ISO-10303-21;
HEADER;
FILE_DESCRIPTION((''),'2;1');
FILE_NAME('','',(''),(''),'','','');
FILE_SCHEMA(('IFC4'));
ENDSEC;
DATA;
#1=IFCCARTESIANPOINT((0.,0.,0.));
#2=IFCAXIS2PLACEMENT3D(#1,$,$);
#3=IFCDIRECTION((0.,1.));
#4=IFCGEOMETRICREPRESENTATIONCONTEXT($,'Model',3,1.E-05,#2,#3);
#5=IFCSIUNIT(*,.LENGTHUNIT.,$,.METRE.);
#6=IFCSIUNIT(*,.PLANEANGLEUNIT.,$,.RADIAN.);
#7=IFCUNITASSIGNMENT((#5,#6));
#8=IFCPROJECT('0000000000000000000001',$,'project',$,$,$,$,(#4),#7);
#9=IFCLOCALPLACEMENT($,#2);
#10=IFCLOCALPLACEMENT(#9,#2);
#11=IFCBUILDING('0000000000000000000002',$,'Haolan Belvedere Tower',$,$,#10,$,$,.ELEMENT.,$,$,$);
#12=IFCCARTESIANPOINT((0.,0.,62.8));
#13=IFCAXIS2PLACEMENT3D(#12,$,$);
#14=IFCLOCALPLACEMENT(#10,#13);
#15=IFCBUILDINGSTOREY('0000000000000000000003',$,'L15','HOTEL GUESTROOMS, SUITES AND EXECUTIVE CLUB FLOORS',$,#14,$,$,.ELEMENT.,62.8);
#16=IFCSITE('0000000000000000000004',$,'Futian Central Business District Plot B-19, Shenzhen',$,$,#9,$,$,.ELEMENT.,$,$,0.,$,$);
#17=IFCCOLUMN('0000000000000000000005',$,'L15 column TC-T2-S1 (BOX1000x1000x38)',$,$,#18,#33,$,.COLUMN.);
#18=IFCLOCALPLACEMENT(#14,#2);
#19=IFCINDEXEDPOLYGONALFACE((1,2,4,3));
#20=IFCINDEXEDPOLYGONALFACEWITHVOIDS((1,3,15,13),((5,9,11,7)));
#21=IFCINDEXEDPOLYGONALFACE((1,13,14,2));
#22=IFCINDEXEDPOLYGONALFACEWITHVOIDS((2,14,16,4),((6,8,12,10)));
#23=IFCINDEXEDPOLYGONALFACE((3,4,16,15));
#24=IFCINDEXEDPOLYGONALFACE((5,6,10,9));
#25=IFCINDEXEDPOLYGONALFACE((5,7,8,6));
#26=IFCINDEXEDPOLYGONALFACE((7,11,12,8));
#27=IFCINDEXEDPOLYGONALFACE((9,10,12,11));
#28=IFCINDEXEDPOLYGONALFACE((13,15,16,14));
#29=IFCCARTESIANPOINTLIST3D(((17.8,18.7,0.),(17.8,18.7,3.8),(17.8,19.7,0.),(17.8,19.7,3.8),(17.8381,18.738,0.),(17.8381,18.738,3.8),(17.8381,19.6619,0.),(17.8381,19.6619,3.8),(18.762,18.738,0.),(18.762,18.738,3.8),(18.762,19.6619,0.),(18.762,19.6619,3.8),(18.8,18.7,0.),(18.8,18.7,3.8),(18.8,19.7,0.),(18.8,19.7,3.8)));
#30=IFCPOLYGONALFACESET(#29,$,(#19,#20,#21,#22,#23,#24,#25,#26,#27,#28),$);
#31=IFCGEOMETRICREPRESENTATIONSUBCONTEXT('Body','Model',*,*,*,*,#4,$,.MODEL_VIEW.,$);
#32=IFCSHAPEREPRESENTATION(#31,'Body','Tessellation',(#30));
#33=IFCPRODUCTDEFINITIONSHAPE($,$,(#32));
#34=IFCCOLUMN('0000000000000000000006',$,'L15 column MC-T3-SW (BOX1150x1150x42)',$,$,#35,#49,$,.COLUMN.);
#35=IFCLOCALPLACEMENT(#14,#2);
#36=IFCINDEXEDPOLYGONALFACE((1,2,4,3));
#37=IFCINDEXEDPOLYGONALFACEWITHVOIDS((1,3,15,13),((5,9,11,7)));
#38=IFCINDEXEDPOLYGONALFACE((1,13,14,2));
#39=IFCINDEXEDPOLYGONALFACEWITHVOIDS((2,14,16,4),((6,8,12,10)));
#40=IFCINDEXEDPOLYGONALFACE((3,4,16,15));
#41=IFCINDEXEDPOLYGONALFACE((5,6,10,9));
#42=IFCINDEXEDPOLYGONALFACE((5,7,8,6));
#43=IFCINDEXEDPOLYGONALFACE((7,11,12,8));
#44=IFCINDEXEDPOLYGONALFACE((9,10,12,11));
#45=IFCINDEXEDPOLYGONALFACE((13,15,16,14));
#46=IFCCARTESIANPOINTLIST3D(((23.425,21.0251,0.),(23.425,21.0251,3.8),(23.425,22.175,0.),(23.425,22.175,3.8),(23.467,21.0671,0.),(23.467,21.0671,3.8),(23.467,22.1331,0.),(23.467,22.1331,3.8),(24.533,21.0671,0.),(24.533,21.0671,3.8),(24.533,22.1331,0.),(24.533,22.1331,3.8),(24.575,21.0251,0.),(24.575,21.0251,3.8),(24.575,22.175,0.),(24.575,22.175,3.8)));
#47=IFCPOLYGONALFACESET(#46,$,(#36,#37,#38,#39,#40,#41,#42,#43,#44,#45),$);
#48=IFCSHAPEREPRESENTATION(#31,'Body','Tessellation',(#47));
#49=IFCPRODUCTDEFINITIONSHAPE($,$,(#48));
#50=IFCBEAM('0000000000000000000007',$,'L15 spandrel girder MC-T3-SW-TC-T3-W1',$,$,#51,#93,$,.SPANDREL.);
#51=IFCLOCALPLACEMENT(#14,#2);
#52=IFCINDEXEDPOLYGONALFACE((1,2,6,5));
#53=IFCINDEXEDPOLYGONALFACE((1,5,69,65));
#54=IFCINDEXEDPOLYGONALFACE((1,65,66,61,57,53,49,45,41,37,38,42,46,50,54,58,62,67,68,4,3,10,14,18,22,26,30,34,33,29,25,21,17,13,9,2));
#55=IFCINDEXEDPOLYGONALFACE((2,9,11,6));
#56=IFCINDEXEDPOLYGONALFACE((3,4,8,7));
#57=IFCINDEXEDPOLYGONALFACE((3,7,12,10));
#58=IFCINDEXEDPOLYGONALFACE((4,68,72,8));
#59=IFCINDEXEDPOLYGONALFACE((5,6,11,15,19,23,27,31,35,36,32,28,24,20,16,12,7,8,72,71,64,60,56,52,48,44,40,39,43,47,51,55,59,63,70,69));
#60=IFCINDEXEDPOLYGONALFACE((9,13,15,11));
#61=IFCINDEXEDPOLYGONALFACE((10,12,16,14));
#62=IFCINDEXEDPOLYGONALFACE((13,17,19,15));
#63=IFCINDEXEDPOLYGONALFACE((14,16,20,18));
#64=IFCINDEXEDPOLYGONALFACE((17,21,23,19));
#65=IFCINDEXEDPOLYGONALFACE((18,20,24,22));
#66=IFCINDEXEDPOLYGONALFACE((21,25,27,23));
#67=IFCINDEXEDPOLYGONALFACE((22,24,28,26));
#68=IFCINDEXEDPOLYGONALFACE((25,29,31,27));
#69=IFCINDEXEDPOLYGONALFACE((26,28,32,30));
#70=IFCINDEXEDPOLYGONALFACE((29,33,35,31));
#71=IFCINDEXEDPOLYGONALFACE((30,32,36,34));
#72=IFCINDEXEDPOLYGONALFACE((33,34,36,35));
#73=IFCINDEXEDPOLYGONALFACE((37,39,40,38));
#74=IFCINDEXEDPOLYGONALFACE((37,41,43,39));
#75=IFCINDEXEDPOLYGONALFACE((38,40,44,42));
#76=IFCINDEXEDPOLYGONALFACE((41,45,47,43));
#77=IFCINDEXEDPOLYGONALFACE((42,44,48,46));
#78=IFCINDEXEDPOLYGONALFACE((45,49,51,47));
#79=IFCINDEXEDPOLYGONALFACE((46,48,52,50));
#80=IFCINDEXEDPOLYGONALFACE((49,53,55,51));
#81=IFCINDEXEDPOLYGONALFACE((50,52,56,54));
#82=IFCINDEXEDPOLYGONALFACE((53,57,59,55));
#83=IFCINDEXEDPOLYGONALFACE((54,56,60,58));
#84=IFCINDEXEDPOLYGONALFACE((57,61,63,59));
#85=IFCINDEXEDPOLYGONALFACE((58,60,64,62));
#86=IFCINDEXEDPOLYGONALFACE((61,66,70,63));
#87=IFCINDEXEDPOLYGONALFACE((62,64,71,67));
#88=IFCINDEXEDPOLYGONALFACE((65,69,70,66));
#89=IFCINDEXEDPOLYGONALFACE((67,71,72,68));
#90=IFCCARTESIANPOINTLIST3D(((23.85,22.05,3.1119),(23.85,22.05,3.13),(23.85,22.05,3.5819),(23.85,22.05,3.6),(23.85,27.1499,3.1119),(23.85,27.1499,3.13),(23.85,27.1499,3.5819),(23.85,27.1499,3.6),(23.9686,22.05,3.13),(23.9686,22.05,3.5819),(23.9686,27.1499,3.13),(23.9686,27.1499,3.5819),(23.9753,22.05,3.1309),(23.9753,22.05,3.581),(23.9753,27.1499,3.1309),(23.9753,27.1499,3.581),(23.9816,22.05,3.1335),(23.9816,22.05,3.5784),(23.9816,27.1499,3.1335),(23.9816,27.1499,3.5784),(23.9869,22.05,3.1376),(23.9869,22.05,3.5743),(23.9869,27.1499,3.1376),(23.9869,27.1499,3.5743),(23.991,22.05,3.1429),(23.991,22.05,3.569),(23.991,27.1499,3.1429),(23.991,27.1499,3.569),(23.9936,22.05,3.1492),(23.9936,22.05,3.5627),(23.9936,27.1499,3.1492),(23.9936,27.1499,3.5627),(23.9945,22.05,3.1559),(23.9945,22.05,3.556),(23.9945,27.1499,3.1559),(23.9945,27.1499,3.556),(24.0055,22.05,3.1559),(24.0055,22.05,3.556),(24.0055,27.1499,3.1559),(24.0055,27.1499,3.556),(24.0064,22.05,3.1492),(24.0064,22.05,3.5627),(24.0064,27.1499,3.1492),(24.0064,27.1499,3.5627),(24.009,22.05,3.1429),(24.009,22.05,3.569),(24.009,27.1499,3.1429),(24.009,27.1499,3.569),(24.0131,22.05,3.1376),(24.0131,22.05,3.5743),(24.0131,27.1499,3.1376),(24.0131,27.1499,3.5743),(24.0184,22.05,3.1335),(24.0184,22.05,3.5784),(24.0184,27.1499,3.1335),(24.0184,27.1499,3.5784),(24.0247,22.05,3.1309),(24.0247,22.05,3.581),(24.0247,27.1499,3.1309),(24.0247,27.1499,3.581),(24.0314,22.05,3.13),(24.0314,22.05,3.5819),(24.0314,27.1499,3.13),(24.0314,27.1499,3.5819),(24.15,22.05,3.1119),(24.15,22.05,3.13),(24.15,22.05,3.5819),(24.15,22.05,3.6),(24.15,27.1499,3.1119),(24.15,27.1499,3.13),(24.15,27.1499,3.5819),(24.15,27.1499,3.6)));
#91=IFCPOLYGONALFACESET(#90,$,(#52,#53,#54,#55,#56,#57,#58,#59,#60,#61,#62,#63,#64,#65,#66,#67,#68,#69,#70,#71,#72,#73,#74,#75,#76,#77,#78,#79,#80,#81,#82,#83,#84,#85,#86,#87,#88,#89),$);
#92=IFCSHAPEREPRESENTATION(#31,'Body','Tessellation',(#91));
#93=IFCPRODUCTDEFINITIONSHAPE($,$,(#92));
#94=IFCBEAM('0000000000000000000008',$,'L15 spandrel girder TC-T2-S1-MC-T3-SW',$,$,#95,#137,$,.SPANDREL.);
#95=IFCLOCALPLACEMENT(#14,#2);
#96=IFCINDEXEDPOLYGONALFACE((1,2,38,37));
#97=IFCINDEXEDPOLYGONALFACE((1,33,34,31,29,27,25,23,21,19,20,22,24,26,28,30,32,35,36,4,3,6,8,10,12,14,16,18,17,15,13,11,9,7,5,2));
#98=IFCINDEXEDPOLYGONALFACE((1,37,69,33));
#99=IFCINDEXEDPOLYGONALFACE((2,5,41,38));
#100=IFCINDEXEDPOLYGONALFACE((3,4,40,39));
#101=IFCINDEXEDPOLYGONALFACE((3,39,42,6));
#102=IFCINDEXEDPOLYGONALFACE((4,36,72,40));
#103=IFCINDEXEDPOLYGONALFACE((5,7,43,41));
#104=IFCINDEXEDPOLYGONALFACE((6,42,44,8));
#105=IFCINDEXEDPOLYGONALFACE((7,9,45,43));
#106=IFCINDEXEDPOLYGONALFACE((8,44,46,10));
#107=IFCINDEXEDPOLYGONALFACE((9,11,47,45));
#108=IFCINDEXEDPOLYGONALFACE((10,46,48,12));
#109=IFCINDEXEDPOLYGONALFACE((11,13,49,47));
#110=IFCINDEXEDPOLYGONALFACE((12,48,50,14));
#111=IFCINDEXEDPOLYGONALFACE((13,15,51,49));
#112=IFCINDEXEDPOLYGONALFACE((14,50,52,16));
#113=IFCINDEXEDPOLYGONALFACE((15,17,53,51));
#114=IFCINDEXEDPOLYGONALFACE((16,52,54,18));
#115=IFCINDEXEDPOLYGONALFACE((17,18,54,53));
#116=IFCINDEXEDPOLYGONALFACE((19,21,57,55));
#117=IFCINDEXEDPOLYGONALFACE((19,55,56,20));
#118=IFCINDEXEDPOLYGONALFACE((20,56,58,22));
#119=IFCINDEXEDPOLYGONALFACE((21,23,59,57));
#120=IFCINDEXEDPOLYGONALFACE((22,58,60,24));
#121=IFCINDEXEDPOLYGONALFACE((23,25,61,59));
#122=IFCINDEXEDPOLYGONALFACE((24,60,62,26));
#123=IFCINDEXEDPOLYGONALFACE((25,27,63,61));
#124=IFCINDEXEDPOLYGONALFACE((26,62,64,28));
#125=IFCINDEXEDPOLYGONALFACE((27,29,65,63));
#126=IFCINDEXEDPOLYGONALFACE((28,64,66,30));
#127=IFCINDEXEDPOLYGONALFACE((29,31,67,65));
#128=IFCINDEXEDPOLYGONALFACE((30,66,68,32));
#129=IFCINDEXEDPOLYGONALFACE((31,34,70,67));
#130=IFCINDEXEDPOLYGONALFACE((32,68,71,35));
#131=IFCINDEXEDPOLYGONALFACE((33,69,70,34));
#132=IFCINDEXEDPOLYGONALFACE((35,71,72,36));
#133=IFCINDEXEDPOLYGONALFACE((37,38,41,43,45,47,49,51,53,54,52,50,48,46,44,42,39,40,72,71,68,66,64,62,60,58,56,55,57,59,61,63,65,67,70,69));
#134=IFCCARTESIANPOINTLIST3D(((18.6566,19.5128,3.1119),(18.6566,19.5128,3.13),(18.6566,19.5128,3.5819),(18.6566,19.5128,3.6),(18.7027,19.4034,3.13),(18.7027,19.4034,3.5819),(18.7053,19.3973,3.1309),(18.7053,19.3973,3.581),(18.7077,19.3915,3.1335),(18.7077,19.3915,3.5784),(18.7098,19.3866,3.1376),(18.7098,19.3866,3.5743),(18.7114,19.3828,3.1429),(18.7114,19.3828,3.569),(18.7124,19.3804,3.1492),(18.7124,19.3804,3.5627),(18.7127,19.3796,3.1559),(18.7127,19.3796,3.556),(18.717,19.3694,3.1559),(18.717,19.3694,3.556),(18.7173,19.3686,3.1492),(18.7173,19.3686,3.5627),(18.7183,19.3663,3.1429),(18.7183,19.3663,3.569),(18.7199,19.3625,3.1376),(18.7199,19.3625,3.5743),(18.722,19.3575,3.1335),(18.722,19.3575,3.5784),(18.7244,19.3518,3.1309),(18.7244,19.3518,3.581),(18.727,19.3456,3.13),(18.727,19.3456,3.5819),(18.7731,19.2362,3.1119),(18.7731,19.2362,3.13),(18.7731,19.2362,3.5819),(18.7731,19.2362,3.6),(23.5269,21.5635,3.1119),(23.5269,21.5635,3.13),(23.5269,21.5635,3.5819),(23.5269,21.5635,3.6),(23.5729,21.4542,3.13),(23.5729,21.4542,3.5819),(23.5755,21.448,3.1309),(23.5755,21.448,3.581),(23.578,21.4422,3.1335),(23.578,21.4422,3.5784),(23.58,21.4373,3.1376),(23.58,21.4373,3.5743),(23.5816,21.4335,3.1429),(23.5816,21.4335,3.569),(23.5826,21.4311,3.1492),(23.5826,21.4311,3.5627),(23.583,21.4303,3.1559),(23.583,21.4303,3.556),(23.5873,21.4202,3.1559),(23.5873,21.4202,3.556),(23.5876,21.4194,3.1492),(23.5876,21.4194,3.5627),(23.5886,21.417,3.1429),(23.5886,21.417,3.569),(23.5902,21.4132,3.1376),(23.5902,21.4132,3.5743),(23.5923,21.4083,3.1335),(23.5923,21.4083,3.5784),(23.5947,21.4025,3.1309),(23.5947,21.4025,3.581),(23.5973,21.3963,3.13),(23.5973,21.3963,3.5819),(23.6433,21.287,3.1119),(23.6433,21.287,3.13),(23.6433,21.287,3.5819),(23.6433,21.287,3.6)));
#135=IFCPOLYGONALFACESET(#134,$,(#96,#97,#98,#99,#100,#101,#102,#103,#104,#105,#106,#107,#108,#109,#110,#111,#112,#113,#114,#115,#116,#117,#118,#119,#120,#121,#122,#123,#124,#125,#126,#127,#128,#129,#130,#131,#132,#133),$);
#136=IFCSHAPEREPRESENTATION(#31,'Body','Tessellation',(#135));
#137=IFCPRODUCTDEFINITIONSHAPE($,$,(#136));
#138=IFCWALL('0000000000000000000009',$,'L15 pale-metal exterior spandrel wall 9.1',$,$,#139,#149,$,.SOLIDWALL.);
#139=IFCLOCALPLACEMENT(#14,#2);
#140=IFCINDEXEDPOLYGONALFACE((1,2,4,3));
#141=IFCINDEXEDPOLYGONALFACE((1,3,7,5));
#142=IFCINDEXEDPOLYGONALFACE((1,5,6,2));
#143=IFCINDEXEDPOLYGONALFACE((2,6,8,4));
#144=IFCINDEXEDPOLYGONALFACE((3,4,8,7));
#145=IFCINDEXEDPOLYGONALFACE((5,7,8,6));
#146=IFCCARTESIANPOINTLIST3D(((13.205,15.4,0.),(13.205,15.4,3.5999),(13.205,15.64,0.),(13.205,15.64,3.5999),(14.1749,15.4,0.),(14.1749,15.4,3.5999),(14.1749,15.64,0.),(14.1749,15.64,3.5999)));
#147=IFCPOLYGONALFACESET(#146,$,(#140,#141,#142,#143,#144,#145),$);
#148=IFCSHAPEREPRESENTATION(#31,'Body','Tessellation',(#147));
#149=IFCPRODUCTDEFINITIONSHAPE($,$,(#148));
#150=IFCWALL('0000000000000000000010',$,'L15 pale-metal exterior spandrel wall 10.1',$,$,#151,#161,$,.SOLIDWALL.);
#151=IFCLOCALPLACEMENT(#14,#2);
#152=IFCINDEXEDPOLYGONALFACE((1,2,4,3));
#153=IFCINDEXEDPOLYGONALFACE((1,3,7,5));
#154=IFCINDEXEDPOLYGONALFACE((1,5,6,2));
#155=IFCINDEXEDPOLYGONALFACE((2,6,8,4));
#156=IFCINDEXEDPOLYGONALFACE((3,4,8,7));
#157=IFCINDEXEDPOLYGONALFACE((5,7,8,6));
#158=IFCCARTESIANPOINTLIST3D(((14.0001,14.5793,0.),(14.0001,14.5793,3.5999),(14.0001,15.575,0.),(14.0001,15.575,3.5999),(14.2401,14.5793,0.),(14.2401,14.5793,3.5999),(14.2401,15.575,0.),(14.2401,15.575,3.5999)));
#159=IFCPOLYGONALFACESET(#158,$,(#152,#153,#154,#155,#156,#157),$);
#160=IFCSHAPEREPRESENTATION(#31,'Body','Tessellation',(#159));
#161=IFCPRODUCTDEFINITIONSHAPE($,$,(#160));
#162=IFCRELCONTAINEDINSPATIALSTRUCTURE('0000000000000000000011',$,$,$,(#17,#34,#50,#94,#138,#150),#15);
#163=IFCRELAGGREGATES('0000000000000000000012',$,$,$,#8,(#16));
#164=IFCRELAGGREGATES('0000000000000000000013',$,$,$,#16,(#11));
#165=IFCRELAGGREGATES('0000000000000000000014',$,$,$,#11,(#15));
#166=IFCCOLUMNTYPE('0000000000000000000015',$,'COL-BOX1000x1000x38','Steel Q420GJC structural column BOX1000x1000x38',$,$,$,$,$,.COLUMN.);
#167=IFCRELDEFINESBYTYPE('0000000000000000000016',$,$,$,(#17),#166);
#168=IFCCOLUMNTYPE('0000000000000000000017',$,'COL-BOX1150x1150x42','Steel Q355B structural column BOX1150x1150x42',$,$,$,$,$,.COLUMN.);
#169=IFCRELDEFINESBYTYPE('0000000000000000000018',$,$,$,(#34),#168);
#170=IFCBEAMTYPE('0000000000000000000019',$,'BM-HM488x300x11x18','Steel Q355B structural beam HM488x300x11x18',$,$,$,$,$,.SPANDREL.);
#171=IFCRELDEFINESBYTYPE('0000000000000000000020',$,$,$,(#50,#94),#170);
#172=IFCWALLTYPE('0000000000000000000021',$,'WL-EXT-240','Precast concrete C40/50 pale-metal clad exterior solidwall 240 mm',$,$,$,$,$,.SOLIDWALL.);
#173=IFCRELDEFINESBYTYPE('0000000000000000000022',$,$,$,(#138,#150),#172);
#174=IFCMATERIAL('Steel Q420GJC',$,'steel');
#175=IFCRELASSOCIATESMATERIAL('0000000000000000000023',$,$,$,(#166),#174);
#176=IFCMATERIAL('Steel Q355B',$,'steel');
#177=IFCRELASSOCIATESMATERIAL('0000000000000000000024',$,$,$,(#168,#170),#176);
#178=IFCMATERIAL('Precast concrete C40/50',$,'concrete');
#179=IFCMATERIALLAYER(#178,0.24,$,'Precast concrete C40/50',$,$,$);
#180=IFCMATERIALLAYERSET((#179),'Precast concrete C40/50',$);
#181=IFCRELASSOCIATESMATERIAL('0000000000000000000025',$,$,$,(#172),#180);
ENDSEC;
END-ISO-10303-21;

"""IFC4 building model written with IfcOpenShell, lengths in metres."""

from ifc_helpers import new_model, si_unit, direction, frame, frame_2d, origin, origin_2d, place, context, subcontext, project, spatial, rectangle, hollow_rectangle, i_section, extrude, material, layer, layer_set, material_profile, profile_set, type_object, element, save


model = new_model("IFC4")

# Units and contexts
model_context = context("Model", 3, precision=1e-05, world=origin(), true_north=direction((0.0, 1.0)))
body_context = subcontext(model_context, "Body", "Model", "MODEL_VIEW")
ifc_project = project(units=[si_unit("LENGTHUNIT", "METRE"), si_unit("PLANEANGLEUNIT", "RADIAN")], contexts=[model_context])

# Site, building, storey
site_placement = place(None, origin())
site = spatial("IfcSite", under=ifc_project, at=site_placement, Name="Futian Central Business District Plot B-19, Shenzhen", CompositionType="ELEMENT", RefElevation=0.0)
building_placement = place(site_placement, origin())
building = spatial("IfcBuilding", under=site, at=building_placement, Name="Haolan Belvedere Tower", CompositionType="ELEMENT")
storey_placement = place(building_placement, frame((0.0, 0.0, 62.8)))
storey = spatial("IfcBuildingStorey", under=building, at=storey_placement, Name="L15", Description="HOTEL GUESTROOMS, SUITES AND EXECUTIVE CLUB FLOORS", CompositionType="ELEMENT", Elevation=62.8)

# Columns
ifc_material_1 = material(Name="Steel Q420GJC", Category="steel")
ifc_material_profile_1 = material_profile(ifc_material_1, hollow_rectangle(XDim=1.0, YDim=1.0, WallThickness=0.0381, at=origin_2d()), Name="Steel Q420GJC")
ifc_profile_set_1 = profile_set([ifc_material_profile_1], Name="Steel Q420GJC")
column_type_1 = type_object("IfcColumnType", Name="COL-BOX1000x1000x38", Description="Steel Q420GJC structural column BOX1000x1000x38", PredefinedType="COLUMN", material=ifc_profile_set_1)
column_1_placement = place(storey_placement, frame((18.3, 19.2, 0.0), z_axis=(0.0, 0.0, 1.0), x_axis=(1.0, 0.0, 0.0)))
element("IfcColumn", 1, at=column_1_placement, inside=storey, type_object=column_type_1, Name="L15 column TC-T2-S1 (BOX1000x1000x38)", PredefinedType="COLUMN", context=body_context, shape_type="SweptSolid", body=[
    extrude(hollow_rectangle(XDim=1.0, YDim=1.0, WallThickness=0.0381, at=origin_2d()), origin(), (0.0, 0.0, 1.0), 3.8),
])
ifc_material_2 = material(Name="Steel Q355B", Category="steel")
ifc_material_profile_2 = material_profile(ifc_material_2, hollow_rectangle(XDim=1.1499, YDim=1.1499, WallThickness=0.042, at=origin_2d()), Name="Steel Q355B")
ifc_profile_set_2 = profile_set([ifc_material_profile_2], Name="Steel Q355B")
column_type_2 = type_object("IfcColumnType", Name="COL-BOX1150x1150x42", Description="Steel Q355B structural column BOX1150x1150x42", PredefinedType="COLUMN", material=ifc_profile_set_2)
column_2_placement = place(storey_placement, frame((24.0, 21.6001, 0.0), z_axis=(0.0, 0.0, 1.0), x_axis=(1.0, 0.0, 0.0)))
element("IfcColumn", 2, at=column_2_placement, inside=storey, type_object=column_type_2, Name="L15 column MC-T3-SW (BOX1150x1150x42)", PredefinedType="COLUMN", context=body_context, shape_type="SweptSolid", body=[
    extrude(hollow_rectangle(XDim=1.1499, YDim=1.1499, WallThickness=0.042, at=origin_2d()), origin(), (0.0, 0.0, 1.0), 3.8),
])

# Beams
ifc_material_profile_3 = material_profile(ifc_material_2, i_section(OverallWidth=0.3, OverallDepth=0.488, WebThickness=0.011, FlangeThickness=0.0181, FilletRadius=0.0259, at=origin_2d()), Name="Steel Q355B")
ifc_profile_set_3 = profile_set([ifc_material_profile_3], Name="Steel Q355B")
beam_type = type_object("IfcBeamType", Name="BM-HM488x300x11x18", Description="Steel Q355B structural beam HM488x300x11x18", PredefinedType="SPANDREL", material=ifc_profile_set_3)
beam_1_placement = place(storey_placement, frame((24.0, 22.05, 3.356), z_axis=(0.0, 1.0, 0.0), x_axis=(-1.0, 0.0, 0.0)))
element("IfcBeam", 3, at=beam_1_placement, inside=storey, type_object=beam_type, Name="L15 spandrel girder MC-T3-SW-TC-T3-W1", PredefinedType="SPANDREL", context=body_context, shape_type="SweptSolid", body=[
    extrude(i_section(OverallWidth=0.3, OverallDepth=0.488, WebThickness=0.011, FlangeThickness=0.0181, FilletRadius=0.0259, at=origin_2d()), origin(), (0.0, 0.0, 1.0), 5.0999),
])
beam_2_placement = place(storey_placement, frame((18.7148, 19.3745, 3.356), z_axis=(0.921628, 0.388074, 0.0), x_axis=(-0.388074, 0.921628, 0.0)))
element("IfcBeam", 4, at=beam_2_placement, inside=storey, type_object=beam_type, Name="L15 spandrel girder TC-T2-S1-MC-T3-SW", PredefinedType="SPANDREL", context=body_context, shape_type="SweptSolid", body=[
    extrude(i_section(OverallWidth=0.3, OverallDepth=0.488, WebThickness=0.011, FlangeThickness=0.0181, FilletRadius=0.0259, at=origin_2d()), origin(), (0.0, 0.0, 1.0), 5.2844),
])

# Walls
ifc_material_3 = material(Name="Precast concrete C40/50", Category="concrete")
ifc_layer_1 = layer(ifc_material_3, 0.24, Name="Precast concrete C40/50")
ifc_layer_set_1 = layer_set([ifc_layer_1], Name="Precast concrete C40/50")
wall_type_1 = type_object("IfcWallType", Name="WL-EXT-240", Description="Precast concrete C40/50 pale-metal clad exterior solidwall 240 mm", PredefinedType="SOLIDWALL", material=ifc_layer_set_1)
wall_1_placement = place(storey_placement, frame((13.2051, 15.52, 0.0), z_axis=(0.0, 0.0, 1.0), x_axis=(1.0, 0.0, 0.0)))
element("IfcWall", 5, at=wall_1_placement, inside=storey, type_object=wall_type_1, Name="L15 pale-metal exterior spandrel wall 9.1", PredefinedType="SOLIDWALL", context=body_context, shape_type="SweptSolid", body=[
    extrude(rectangle(XDim=0.97, YDim=0.24, at=frame_2d((0.4849, 0.0))), origin(), (0.0, 0.0, 1.0), 3.5999),
])
wall_2_placement = place(storey_placement, frame((14.1201, 15.575, 0.0), z_axis=(0.0, 0.0, 1.0), x_axis=(0.0, -1.0, 0.0)))
element("IfcWall", 6, at=wall_2_placement, inside=storey, type_object=wall_type_1, Name="L15 pale-metal exterior spandrel wall 10.1", PredefinedType="SOLIDWALL", context=body_context, shape_type="SweptSolid", body=[
    extrude(rectangle(XDim=0.9956, YDim=0.24, at=frame_2d((0.4978, 0.0))), origin(), (0.0, 0.0, 1.0), 3.5999),
])

save(model, "model.ifc")
